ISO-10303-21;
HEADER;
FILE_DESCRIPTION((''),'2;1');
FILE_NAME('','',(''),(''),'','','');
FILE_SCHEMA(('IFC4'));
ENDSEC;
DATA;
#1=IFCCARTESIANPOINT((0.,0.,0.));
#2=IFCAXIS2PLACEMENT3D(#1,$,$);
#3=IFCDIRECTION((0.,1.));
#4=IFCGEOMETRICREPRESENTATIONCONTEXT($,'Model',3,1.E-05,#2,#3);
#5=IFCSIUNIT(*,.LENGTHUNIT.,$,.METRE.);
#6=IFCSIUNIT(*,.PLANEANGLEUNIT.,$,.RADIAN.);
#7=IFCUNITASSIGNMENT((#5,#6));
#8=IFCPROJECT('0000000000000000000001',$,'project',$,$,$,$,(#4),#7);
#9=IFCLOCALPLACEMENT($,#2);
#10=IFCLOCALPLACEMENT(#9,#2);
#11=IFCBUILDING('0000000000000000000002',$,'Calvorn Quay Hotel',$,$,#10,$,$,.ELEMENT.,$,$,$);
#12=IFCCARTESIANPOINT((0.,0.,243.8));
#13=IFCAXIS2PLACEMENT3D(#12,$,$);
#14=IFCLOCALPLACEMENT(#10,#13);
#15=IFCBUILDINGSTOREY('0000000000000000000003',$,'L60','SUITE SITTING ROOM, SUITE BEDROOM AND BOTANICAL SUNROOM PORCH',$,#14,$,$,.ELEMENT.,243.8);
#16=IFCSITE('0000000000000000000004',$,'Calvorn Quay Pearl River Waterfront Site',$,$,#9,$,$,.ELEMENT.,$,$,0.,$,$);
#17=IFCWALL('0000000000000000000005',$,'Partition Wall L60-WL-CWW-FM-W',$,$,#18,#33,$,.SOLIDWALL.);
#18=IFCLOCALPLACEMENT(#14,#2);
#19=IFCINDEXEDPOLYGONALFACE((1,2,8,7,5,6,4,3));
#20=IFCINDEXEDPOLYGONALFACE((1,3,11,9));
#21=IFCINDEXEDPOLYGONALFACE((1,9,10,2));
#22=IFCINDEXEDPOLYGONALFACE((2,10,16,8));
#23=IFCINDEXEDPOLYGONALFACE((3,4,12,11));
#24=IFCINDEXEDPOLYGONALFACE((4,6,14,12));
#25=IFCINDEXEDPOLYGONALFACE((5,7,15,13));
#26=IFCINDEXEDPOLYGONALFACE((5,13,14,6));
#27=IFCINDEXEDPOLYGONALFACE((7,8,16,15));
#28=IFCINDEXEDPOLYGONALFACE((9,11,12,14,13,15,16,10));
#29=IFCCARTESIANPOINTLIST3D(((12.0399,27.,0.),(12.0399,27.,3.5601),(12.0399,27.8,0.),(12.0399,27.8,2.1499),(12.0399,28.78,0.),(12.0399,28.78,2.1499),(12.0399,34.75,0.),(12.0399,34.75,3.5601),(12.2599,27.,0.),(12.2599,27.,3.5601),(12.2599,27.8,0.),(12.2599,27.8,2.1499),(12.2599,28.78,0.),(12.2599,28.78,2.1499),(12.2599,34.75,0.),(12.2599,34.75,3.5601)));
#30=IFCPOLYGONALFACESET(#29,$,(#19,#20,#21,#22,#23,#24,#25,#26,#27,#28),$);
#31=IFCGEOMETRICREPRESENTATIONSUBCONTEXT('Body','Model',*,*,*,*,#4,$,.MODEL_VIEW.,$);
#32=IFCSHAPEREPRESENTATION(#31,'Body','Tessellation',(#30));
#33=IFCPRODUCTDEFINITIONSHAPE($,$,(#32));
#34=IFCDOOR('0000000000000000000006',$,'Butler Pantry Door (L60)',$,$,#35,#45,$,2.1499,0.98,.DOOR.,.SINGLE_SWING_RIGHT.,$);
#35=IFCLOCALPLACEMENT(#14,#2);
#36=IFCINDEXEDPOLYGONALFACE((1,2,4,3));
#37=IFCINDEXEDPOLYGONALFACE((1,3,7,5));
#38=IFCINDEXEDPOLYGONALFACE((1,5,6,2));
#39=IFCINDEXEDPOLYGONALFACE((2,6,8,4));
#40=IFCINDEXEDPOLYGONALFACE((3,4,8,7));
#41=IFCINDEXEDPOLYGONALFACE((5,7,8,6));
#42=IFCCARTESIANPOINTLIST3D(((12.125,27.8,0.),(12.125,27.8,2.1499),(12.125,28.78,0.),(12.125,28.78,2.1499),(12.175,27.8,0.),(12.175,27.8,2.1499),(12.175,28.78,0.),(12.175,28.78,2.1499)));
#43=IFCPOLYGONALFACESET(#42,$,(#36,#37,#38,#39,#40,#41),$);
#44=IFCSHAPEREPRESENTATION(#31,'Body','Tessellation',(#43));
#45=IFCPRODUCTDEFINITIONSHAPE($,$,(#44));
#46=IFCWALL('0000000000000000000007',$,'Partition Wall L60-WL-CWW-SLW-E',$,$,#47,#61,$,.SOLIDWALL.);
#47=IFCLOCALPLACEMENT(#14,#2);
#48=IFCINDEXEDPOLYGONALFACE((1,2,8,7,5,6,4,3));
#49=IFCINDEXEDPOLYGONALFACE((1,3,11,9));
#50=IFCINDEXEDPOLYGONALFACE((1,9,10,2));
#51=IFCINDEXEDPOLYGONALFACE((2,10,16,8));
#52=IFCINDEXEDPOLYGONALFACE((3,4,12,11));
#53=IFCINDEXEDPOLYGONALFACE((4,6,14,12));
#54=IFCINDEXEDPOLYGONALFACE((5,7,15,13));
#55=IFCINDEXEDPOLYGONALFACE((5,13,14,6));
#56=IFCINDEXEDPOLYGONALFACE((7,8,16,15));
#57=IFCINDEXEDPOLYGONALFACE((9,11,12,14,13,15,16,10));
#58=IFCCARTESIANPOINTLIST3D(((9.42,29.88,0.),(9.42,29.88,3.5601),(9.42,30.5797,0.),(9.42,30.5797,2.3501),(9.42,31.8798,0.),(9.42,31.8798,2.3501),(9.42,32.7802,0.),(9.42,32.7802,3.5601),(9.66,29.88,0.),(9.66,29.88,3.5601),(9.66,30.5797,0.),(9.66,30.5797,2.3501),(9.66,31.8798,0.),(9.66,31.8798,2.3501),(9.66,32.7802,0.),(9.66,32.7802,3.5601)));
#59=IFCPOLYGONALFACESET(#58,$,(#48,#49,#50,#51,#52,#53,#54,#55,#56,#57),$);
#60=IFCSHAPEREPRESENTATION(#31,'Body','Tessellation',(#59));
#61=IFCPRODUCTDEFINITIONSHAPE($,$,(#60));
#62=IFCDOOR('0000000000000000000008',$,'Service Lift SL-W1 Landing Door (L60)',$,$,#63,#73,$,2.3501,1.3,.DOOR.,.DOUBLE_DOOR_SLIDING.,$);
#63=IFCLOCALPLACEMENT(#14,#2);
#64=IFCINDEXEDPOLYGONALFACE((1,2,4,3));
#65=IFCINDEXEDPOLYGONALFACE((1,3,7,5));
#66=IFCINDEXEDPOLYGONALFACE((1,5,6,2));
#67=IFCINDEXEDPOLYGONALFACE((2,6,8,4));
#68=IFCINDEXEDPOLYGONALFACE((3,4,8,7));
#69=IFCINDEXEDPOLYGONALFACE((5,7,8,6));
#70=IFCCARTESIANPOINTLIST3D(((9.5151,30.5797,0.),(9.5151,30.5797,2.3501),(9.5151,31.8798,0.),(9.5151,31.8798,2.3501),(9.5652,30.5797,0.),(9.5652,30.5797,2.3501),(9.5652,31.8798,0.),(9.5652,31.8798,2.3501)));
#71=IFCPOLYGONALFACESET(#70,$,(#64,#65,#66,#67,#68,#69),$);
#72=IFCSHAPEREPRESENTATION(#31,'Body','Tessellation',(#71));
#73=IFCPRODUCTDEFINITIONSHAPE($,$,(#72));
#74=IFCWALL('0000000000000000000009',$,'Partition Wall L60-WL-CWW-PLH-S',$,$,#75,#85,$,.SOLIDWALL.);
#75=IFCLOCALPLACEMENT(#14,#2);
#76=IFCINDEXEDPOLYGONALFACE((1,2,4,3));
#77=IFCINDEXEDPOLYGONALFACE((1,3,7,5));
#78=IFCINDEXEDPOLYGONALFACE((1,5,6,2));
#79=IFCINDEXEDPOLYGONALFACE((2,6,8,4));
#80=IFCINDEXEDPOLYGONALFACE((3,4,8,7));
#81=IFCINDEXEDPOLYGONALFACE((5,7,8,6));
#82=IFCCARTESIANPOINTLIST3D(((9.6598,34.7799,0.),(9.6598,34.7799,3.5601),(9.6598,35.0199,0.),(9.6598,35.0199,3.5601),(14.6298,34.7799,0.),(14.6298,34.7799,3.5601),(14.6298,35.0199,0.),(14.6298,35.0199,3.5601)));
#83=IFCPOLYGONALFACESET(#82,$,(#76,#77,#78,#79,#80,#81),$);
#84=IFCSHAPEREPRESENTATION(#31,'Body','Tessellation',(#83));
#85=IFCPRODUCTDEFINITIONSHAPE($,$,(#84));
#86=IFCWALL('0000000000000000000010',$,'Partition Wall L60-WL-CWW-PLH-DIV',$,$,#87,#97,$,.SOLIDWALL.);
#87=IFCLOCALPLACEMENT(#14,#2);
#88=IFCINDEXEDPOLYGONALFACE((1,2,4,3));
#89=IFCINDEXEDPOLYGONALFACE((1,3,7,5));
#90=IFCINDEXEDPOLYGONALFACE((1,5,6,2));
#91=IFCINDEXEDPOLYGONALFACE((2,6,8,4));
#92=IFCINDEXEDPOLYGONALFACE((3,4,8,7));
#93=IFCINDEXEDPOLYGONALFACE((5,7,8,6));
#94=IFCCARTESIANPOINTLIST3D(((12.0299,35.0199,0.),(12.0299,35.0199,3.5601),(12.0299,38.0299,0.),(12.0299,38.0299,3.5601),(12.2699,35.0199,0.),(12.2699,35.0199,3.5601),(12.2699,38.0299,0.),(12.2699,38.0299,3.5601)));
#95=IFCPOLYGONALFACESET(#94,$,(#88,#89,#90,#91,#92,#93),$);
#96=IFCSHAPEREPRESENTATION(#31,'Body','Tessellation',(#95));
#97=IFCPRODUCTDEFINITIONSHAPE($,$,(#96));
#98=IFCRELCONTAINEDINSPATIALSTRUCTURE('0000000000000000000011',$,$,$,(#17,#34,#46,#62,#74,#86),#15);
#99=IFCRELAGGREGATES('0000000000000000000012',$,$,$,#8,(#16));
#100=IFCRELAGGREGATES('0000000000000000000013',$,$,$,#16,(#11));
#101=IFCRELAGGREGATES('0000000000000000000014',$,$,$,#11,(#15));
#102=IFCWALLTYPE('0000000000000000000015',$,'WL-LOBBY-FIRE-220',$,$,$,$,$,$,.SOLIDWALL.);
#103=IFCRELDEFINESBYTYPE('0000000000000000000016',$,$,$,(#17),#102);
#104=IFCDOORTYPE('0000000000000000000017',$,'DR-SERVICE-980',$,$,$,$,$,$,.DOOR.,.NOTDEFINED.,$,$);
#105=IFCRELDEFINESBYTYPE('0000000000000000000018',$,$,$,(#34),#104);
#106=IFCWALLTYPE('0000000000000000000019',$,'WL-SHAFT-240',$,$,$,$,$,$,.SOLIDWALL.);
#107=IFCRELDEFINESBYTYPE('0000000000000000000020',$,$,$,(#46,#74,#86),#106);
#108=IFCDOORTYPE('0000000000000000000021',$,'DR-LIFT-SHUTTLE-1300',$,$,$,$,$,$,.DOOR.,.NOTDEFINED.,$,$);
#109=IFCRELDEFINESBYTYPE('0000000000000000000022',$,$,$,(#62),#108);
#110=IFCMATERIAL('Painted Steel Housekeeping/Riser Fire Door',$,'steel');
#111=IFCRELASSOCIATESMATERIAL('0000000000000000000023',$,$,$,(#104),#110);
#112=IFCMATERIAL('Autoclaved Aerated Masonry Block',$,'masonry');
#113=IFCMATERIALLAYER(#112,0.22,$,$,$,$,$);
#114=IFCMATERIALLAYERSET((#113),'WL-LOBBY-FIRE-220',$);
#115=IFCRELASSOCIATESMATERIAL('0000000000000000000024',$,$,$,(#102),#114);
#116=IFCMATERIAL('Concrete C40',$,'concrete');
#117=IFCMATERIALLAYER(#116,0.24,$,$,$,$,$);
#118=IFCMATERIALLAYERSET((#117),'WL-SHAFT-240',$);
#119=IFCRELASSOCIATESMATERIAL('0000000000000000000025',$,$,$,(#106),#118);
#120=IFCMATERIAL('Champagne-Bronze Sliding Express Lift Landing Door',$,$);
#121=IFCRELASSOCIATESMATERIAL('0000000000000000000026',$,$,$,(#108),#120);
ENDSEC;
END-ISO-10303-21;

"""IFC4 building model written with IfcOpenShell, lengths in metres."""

from ifc_helpers import new_model, si_unit, direction, frame, frame_2d, origin, place, context, subcontext, project, spatial, rectangle, extrude, material, layer, layer_set, type_object, element, fill, save


model = new_model("IFC4")

# Units and contexts
model_context = context("Model", 3, precision=1e-05, world=origin(), true_north=direction((0.0, 1.0)))
body_context = subcontext(model_context, "Body", "Model", "MODEL_VIEW")
ifc_project = project(units=[si_unit("LENGTHUNIT", "METRE"), si_unit("PLANEANGLEUNIT", "RADIAN")], contexts=[model_context])

# Site, building, storey
site_placement = place(None, origin())
site = spatial("IfcSite", under=ifc_project, at=site_placement, Name="Calvorn Quay Pearl River Waterfront Site", CompositionType="ELEMENT", RefElevation=0.0)
building_placement = place(site_placement, origin())
building = spatial("IfcBuilding", under=site, at=building_placement, Name="Calvorn Quay Hotel", CompositionType="ELEMENT")
storey_placement = place(building_placement, frame((0.0, 0.0, 243.8)))
storey = spatial("IfcBuildingStorey", under=building, at=storey_placement, Name="L60", Description="SUITE SITTING ROOM, SUITE BEDROOM AND BOTANICAL SUNROOM PORCH", CompositionType="ELEMENT", Elevation=243.8)

# Shared definitions
ifc_material_1 = material(Name="Painted Steel Housekeeping/Riser Fire Door", Category="steel")
door_type_1 = type_object("IfcDoorType", Name="DR-SERVICE-980", OperationType="NOTDEFINED", PredefinedType="DOOR", material=ifc_material_1)

# Shared definitions
ifc_material_2 = material(Name="Autoclaved Aerated Masonry Block", Category="masonry")
ifc_layer_1 = layer(ifc_material_2, 0.22)
ifc_layer_set_1 = layer_set([ifc_layer_1], Name="WL-LOBBY-FIRE-220")
wall_type_1 = type_object("IfcWallType", Name="WL-LOBBY-FIRE-220", PredefinedType="SOLIDWALL", material=ifc_layer_set_1)

# Walls, openings, doors
wall_1_placement = place(storey_placement, frame((12.1499, 27.0, 0.0), z_axis=(0.0, 0.0, 1.0), x_axis=(0.0, 1.0, 0.0)))
wall_1 = element("IfcWall", 1, at=wall_1_placement, inside=storey, type_object=wall_type_1, Name="Partition Wall L60-WL-CWW-FM-W", PredefinedType="SOLIDWALL", context=body_context, shape_type="SweptSolid", body=[
    extrude(rectangle(XDim=7.75, YDim=0.22, at=frame_2d((3.875, 0.0))), origin(), (0.0, 0.0, 1.0), 3.5601),
])
opening_1_placement = place(wall_1_placement, frame((0.8, 0.0, 0.0)))
opening_1 = element("IfcOpeningElement", 2, at=opening_1_placement, cuts=wall_1, PredefinedType="OPENING", context=body_context, shape_type="SweptSolid", body=[
    extrude(rectangle(XDim=0.98, YDim=2.1499, at=frame_2d((0.49, 1.075))), frame((0.0, 0.1199, 0.0), z_axis=(0.0, -1.0, 0.0), x_axis=(1.0, 0.0, 0.0)), (0.0, 0.0, 1.0), 0.24),
])
door_1_placement = place(opening_1_placement, origin())
door_1 = element("IfcDoor", 3, at=door_1_placement, inside=storey, type_object=door_type_1, Name="Butler Pantry Door (L60)", OperationType="SINGLE_SWING_RIGHT", OverallHeight=2.1499, OverallWidth=0.98, PredefinedType="DOOR", context=body_context, shape_type="SweptSolid", body=[
    extrude(rectangle(XDim=0.98, YDim=2.1499, at=frame_2d((0.49, 1.075))), frame((0.0, 0.0249, 0.0), z_axis=(0.0, -1.0, 0.0), x_axis=(1.0, 0.0, 0.0)), (0.0, 0.0, 1.0), 0.05),
])
fill(opening_1, door_1)
ifc_material_3 = material(Name="Concrete C40", Category="concrete")
ifc_layer_2 = layer(ifc_material_3, 0.24)
ifc_layer_set_2 = layer_set([ifc_layer_2], Name="WL-SHAFT-240")
wall_type_2 = type_object("IfcWallType", Name="WL-SHAFT-240", PredefinedType="SOLIDWALL", material=ifc_layer_set_2)
wall_2_placement = place(storey_placement, frame((9.54, 29.8799, 0.0), z_axis=(0.0, 0.0, 1.0), x_axis=(0.0, 1.0, 0.0)))
wall_2 = element("IfcWall", 4, at=wall_2_placement, inside=storey, type_object=wall_type_2, Name="Partition Wall L60-WL-CWW-SLW-E", PredefinedType="SOLIDWALL", context=body_context, shape_type="SweptSolid", body=[
    extrude(rectangle(XDim=2.9001, YDim=0.24, at=frame_2d((1.4502, 0.0))), origin(), (0.0, 0.0, 1.0), 3.5601),
])
opening_2_placement = place(wall_2_placement, frame((0.7, 0.0, 0.0)))
opening_2 = element("IfcOpeningElement", 5, at=opening_2_placement, cuts=wall_2, PredefinedType="OPENING", context=body_context, shape_type="SweptSolid", body=[
    extrude(rectangle(XDim=1.3, YDim=2.3501, at=frame_2d((0.6499, 1.175))), frame((0.0, 0.1299, 0.0), z_axis=(0.0, -1.0, 0.0), x_axis=(1.0, 0.0, 0.0)), (0.0, 0.0, 1.0), 0.26),
])
ifc_material_4 = material(Name="Champagne-Bronze Sliding Express Lift Landing Door")
door_type_2 = type_object("IfcDoorType", Name="DR-LIFT-SHUTTLE-1300", OperationType="NOTDEFINED", PredefinedType="DOOR", material=ifc_material_4)
door_2_placement = place(opening_2_placement, origin())
door_2 = element("IfcDoor", 6, at=door_2_placement, inside=storey, type_object=door_type_2, Name="Service Lift SL-W1 Landing Door (L60)", OperationType="DOUBLE_DOOR_SLIDING", OverallHeight=2.3501, OverallWidth=1.3, PredefinedType="DOOR", context=body_context, shape_type="SweptSolid", body=[
    extrude(rectangle(XDim=1.3, YDim=2.3501, at=frame_2d((0.6499, 1.175))), frame((0.0, 0.0249, 0.0), z_axis=(0.0, -1.0, 0.0), x_axis=(1.0, 0.0, 0.0)), (0.0, 0.0, 1.0), 0.05),
])
fill(opening_2, door_2)

# Walls
wall_3_placement = place(storey_placement, frame((9.6599, 34.8999, 0.0), z_axis=(0.0, 0.0, 1.0), x_axis=(1.0, 0.0, 0.0)))
element("IfcWall", 7, at=wall_3_placement, inside=storey, type_object=wall_type_2, Name="Partition Wall L60-WL-CWW-PLH-S", PredefinedType="SOLIDWALL", context=body_context, shape_type="SweptSolid", body=[
    extrude(rectangle(XDim=4.97, YDim=0.24, at=frame_2d((2.4849, 0.0))), origin(), (0.0, 0.0, 1.0), 3.5601),
])
wall_4_placement = place(storey_placement, frame((12.1499, 35.02, 0.0), z_axis=(0.0, 0.0, 1.0), x_axis=(0.0, 1.0, 0.0)))
element("IfcWall", 8, at=wall_4_placement, inside=storey, type_object=wall_type_2, Name="Partition Wall L60-WL-CWW-PLH-DIV", PredefinedType="SOLIDWALL", context=body_context, shape_type="SweptSolid", body=[
    extrude(rectangle(XDim=3.01, YDim=0.24, at=frame_2d((1.5049, 0.0))), origin(), (0.0, 0.0, 1.0), 3.5601),
])

save(model, "model.ifc")
